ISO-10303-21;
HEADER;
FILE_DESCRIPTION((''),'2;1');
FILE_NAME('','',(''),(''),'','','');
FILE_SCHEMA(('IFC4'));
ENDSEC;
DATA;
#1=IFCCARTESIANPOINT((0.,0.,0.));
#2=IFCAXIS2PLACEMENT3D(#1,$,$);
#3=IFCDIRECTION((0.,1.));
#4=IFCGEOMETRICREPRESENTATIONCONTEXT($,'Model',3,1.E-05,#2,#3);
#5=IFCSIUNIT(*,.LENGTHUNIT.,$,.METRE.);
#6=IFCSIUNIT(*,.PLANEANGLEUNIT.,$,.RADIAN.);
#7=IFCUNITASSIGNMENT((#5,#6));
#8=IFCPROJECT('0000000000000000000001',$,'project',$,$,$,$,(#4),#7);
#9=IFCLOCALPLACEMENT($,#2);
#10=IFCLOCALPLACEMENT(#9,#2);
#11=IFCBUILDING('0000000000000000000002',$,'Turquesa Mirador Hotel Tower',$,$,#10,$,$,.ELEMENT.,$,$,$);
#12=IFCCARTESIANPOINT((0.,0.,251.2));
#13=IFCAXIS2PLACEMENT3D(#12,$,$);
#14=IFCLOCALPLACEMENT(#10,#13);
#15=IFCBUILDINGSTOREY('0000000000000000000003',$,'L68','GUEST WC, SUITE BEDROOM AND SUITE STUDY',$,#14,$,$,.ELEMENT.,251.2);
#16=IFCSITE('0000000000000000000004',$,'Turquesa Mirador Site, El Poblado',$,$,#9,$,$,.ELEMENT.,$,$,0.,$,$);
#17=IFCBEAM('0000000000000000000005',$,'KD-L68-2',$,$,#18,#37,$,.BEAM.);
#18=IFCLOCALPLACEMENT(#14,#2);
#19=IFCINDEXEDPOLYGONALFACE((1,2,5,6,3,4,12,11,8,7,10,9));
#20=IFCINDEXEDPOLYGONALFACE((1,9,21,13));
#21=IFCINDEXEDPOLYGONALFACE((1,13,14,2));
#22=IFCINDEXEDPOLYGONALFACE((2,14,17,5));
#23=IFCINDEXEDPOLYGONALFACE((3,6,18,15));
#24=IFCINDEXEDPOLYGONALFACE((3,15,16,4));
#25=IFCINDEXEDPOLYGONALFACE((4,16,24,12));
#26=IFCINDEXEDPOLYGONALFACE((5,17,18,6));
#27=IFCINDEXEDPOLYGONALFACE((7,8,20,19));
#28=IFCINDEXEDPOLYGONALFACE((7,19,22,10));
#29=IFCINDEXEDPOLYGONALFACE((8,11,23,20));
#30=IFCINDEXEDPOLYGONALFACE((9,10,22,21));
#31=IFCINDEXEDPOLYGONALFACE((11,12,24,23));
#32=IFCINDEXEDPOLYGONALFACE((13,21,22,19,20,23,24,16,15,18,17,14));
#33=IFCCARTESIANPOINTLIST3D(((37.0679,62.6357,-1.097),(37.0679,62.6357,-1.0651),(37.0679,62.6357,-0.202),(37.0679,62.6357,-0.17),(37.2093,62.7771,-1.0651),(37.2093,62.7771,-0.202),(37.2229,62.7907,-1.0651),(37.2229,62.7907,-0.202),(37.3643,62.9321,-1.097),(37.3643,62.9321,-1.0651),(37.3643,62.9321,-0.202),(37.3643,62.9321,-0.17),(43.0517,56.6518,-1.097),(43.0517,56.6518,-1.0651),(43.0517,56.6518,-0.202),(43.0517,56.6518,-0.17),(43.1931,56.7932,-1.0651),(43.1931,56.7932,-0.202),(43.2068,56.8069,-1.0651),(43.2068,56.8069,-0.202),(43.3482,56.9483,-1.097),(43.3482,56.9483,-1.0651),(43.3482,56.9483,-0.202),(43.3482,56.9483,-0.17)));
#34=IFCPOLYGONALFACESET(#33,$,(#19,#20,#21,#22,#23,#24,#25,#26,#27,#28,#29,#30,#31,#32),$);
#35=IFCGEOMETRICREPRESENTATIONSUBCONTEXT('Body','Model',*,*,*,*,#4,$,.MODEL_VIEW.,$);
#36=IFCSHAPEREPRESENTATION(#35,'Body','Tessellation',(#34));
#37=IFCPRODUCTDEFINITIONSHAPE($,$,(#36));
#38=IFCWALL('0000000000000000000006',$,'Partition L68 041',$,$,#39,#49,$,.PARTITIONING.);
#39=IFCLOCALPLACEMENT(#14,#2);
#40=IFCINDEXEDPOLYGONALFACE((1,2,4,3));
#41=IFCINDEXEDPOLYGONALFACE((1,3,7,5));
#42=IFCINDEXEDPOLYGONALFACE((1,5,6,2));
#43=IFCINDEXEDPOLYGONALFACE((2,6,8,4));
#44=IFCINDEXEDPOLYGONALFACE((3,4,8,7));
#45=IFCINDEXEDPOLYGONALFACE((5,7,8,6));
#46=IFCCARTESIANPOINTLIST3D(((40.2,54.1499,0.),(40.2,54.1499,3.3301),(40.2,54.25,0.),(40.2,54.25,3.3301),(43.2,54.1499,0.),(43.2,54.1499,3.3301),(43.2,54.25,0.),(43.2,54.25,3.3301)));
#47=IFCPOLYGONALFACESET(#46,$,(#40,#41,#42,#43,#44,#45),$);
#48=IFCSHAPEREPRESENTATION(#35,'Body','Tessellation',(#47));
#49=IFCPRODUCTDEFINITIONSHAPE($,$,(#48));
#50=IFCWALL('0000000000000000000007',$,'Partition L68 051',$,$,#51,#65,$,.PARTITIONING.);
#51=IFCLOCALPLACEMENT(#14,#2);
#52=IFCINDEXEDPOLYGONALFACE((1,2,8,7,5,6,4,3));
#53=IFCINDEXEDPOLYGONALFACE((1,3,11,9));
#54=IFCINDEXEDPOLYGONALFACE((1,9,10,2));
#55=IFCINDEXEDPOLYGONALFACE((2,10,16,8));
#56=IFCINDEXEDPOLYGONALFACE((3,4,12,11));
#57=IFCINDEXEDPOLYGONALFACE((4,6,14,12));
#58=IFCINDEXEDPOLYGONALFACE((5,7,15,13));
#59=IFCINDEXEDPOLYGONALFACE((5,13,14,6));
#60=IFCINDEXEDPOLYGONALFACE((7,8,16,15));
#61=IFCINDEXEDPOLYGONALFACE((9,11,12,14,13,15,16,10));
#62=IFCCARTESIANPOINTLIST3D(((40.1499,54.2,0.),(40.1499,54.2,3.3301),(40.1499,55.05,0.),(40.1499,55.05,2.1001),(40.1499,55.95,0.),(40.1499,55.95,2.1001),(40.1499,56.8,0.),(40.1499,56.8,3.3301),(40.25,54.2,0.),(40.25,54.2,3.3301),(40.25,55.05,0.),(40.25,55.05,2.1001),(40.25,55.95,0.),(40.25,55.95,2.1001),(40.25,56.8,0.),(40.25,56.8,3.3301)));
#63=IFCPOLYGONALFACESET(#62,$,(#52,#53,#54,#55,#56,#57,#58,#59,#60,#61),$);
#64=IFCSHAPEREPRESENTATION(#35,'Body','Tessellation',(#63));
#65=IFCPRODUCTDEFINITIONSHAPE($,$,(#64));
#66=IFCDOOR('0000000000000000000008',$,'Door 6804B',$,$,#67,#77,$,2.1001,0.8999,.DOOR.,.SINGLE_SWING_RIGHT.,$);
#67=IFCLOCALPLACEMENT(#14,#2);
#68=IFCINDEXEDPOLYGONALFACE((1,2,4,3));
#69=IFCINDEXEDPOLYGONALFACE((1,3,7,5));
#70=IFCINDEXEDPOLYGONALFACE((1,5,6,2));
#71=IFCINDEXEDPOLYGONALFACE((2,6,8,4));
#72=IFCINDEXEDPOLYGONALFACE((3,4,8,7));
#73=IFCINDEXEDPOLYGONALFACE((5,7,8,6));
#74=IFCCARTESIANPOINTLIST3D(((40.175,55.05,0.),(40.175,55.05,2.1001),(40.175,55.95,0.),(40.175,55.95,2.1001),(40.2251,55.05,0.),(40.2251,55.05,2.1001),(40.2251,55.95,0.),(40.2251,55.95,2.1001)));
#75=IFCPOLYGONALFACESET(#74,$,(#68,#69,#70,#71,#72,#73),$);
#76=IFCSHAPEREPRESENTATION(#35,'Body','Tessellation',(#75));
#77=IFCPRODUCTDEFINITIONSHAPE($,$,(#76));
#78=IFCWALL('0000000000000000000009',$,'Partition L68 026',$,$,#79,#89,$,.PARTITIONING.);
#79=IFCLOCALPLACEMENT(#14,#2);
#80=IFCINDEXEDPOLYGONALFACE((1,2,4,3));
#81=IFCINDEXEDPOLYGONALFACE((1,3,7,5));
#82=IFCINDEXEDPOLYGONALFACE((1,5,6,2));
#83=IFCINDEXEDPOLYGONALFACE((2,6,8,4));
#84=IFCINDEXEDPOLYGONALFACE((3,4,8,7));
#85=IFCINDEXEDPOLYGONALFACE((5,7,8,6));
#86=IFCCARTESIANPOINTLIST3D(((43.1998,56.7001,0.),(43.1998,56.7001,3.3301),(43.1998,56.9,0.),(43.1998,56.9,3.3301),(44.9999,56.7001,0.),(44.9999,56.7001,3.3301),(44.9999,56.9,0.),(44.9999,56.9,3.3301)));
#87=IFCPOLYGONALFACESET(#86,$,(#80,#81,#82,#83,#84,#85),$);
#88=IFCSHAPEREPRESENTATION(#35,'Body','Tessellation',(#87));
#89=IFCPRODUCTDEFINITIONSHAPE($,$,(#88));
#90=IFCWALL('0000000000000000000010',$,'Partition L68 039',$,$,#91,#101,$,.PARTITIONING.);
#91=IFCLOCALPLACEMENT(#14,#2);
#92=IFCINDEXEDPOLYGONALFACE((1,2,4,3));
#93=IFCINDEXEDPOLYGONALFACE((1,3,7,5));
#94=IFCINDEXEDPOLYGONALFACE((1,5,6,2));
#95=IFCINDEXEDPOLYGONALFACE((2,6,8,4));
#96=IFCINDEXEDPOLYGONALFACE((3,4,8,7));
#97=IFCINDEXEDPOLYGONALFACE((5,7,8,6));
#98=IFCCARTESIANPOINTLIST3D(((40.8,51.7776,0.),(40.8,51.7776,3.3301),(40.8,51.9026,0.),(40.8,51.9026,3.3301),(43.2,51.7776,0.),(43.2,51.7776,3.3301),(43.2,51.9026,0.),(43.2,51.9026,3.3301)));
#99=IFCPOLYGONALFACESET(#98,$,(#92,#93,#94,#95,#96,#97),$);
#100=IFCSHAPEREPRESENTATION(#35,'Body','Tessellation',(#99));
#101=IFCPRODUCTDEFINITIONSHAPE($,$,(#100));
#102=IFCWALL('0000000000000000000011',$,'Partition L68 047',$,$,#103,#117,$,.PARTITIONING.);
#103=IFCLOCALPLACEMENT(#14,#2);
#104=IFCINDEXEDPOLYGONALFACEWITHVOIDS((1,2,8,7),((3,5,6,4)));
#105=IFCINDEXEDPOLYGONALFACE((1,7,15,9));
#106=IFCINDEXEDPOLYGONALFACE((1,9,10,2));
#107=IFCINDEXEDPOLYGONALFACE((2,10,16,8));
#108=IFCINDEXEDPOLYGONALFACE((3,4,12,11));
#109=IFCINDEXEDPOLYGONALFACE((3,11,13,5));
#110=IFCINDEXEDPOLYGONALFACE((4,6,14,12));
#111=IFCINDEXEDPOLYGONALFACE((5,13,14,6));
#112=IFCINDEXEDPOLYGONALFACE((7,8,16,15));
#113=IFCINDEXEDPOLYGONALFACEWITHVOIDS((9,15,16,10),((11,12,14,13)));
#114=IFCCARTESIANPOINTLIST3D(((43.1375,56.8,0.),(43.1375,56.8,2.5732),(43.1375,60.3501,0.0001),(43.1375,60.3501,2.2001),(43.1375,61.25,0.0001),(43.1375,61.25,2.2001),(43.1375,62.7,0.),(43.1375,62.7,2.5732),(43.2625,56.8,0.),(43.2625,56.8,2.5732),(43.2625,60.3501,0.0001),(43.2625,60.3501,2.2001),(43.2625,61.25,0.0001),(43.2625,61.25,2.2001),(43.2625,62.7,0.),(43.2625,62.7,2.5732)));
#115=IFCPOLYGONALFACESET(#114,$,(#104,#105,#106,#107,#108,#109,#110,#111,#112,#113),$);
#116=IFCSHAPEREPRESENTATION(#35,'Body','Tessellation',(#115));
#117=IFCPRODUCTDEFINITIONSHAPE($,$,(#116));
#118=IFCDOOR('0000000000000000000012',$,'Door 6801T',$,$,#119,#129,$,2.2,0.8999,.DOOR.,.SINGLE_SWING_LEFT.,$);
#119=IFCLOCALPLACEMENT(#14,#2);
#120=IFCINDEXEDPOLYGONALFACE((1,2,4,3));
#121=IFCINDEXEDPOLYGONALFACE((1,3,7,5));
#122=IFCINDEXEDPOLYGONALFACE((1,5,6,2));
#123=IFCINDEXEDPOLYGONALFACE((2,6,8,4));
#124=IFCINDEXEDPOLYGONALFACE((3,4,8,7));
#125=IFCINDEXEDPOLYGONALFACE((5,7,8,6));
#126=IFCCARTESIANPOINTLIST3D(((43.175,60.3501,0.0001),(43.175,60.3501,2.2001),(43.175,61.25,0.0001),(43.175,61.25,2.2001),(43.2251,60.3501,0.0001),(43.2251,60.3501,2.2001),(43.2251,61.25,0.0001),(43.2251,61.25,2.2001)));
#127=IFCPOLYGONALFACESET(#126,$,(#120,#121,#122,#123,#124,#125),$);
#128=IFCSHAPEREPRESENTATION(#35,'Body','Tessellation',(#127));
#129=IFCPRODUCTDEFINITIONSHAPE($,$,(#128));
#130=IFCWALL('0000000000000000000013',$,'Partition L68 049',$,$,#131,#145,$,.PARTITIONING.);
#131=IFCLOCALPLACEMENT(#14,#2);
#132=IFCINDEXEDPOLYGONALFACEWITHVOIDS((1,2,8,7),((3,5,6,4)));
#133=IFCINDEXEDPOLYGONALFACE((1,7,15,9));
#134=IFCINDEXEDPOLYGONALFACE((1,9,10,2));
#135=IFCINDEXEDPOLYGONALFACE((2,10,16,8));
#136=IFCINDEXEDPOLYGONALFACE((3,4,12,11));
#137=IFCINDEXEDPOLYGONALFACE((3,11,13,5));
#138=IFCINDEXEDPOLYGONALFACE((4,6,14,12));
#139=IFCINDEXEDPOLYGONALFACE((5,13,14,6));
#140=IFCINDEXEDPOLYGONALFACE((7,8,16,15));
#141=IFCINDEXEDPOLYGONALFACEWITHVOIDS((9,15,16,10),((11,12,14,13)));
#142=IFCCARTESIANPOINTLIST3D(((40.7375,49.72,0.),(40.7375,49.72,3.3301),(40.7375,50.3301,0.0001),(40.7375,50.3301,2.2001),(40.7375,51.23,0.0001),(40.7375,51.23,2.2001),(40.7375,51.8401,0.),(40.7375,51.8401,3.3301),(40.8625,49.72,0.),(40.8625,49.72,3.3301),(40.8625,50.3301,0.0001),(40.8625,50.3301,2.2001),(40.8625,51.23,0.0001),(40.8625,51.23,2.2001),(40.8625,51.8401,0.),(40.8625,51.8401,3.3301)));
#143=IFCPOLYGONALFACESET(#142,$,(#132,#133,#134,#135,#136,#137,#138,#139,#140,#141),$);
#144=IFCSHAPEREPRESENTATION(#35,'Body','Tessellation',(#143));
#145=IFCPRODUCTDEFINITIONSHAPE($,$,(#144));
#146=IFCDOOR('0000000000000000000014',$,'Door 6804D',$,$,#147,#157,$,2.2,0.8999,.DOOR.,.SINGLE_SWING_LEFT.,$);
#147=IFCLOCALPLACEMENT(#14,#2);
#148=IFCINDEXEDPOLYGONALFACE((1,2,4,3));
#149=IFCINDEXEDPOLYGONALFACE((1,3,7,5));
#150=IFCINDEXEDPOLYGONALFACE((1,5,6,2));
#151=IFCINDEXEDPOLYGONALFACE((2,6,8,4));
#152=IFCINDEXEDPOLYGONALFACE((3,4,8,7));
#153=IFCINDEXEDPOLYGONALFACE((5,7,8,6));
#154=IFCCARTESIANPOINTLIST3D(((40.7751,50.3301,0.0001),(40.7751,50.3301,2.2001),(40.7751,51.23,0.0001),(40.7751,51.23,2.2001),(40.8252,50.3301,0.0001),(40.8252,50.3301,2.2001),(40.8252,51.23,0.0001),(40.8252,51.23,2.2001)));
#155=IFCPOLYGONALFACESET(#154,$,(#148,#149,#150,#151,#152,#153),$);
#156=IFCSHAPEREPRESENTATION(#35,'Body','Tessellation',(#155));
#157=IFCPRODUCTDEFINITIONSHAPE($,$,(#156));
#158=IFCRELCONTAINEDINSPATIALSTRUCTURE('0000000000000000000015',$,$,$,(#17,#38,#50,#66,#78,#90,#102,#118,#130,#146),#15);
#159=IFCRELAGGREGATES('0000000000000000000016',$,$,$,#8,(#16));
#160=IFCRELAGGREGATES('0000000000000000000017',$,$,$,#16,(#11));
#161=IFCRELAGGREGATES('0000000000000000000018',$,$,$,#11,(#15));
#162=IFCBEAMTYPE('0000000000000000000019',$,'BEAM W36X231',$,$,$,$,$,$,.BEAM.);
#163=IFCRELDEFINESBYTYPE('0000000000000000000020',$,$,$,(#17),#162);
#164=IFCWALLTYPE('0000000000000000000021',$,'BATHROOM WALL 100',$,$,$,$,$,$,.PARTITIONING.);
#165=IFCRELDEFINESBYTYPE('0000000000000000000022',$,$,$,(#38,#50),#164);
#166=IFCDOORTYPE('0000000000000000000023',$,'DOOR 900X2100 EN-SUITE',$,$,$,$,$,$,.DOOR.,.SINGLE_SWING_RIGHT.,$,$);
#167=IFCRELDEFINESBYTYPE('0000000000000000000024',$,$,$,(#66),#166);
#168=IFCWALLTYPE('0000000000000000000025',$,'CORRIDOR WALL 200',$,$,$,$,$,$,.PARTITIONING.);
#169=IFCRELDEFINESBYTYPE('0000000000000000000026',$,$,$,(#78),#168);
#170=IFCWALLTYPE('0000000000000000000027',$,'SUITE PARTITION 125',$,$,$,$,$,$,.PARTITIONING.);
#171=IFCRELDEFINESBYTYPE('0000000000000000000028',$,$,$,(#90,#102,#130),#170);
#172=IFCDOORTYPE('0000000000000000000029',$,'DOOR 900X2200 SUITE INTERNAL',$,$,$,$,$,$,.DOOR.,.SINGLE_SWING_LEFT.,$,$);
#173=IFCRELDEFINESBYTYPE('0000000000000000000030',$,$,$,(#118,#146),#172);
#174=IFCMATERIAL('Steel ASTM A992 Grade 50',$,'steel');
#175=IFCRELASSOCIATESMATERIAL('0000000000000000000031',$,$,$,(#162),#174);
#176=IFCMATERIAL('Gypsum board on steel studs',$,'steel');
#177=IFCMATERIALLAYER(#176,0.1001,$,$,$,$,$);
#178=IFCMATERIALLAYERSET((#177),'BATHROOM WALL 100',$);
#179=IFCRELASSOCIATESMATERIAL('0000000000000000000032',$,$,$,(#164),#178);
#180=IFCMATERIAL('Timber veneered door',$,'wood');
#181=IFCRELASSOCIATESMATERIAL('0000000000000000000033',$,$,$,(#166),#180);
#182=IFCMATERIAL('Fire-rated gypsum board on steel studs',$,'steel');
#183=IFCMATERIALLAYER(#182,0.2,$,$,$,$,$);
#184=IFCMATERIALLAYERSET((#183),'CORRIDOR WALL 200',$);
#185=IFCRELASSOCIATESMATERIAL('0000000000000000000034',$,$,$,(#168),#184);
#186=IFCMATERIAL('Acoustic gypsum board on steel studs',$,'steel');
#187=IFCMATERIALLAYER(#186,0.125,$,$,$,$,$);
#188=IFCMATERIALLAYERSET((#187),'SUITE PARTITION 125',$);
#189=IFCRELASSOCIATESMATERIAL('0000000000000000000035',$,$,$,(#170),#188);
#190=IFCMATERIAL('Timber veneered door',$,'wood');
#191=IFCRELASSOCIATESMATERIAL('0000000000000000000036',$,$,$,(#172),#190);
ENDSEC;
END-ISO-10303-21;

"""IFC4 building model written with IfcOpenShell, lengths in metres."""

from ifc_helpers import new_model, si_unit, direction, frame, frame_2d, origin, origin_2d, place, context, subcontext, project, spatial, rectangle, i_section, extrude, material, layer, layer_set, material_profile, profile_set, type_object, element, fill, save


model = new_model("IFC4")

# Units and contexts
model_context = context("Model", 3, precision=1e-05, world=origin(), true_north=direction((0.0, 1.0)))
body_context = subcontext(model_context, "Body", "Model", "MODEL_VIEW")
ifc_project = project(units=[si_unit("LENGTHUNIT", "METRE"), si_unit("PLANEANGLEUNIT", "RADIAN")], contexts=[model_context])

# Site, building, storey
site_placement = place(None, origin())
site = spatial("IfcSite", under=ifc_project, at=site_placement, Name="Turquesa Mirador Site, El Poblado", CompositionType="ELEMENT", RefElevation=0.0)
building_placement = place(site_placement, origin())
building = spatial("IfcBuilding", under=site, at=building_placement, Name="Turquesa Mirador Hotel Tower", CompositionType="ELEMENT")
storey_placement = place(building_placement, frame((0.0, 0.0, 251.2)))
storey = spatial("IfcBuildingStorey", under=building, at=storey_placement, Name="L68", Description="GUEST WC, SUITE BEDROOM AND SUITE STUDY", CompositionType="ELEMENT", Elevation=251.2)

# Beam
ifc_material_1 = material(Name="Steel ASTM A992 Grade 50", Category="steel")
ifc_material_profile_1 = material_profile(ifc_material_1, i_section(OverallWidth=0.4192, OverallDepth=0.927, WebThickness=0.0193, FlangeThickness=0.032, at=origin_2d()), Name="W36X231")
ifc_profile_set_1 = profile_set([ifc_material_profile_1], Name="Steel ASTM A992 Grade 50")
beam_type_1 = type_object("IfcBeamType", Name="BEAM W36X231", PredefinedType="BEAM", material=ifc_profile_set_1)
beam_1_placement = place(storey_placement, frame((43.2, 56.8, -0.6335), z_axis=(-0.707107, 0.707107, 0.0), x_axis=(-0.707107, -0.707107, 0.0)))
element("IfcBeam", 1, at=beam_1_placement, inside=storey, type_object=beam_type_1, Name="KD-L68-2", PredefinedType="BEAM", context=body_context, shape_type="SweptSolid", body=[
    extrude(i_section(OverallWidth=0.4192, OverallDepth=0.927, WebThickness=0.0193, FlangeThickness=0.032, at=origin_2d()), origin(), (0.0, 0.0, 1.0), 8.4624),
])

# Wall
ifc_material_2 = material(Name="Gypsum board on steel studs", Category="steel")
ifc_layer_1 = layer(ifc_material_2, 0.1001)
ifc_layer_set_1 = layer_set([ifc_layer_1], Name="BATHROOM WALL 100")
wall_type_1 = type_object("IfcWallType", Name="BATHROOM WALL 100", PredefinedType="PARTITIONING", material=ifc_layer_set_1)
wall_1_placement = place(storey_placement, frame((40.2, 54.2, 0.0), z_axis=(0.0, 0.0, 1.0), x_axis=(1.0, 0.0, 0.0)))
element("IfcWall", 2, at=wall_1_placement, inside=storey, type_object=wall_type_1, Name="Partition L68 041", PredefinedType="PARTITIONING", context=body_context, shape_type="SweptSolid", body=[
    extrude(rectangle(XDim=3.0, YDim=0.1001, at=frame_2d((1.5, 0.0))), origin(), (0.0, 0.0, 1.0), 3.3301),
])

# Wall, opening, door
wall_2_placement = place(storey_placement, frame((40.2, 54.2, 0.0), z_axis=(0.0, 0.0, 1.0), x_axis=(0.0, 1.0, 0.0)))
wall_2 = element("IfcWall", 3, at=wall_2_placement, inside=storey, type_object=wall_type_1, Name="Partition L68 051", PredefinedType="PARTITIONING", context=body_context, shape_type="SweptSolid", body=[
    extrude(rectangle(XDim=2.6001, YDim=0.1001, at=frame_2d((1.3, 0.0))), origin(), (0.0, 0.0, 1.0), 3.3301),
])
opening_1_placement = place(wall_2_placement, frame((0.8501, 0.0, 0.0)))
opening_1 = element("IfcOpeningElement", 4, at=opening_1_placement, cuts=wall_2, PredefinedType="OPENING", context=body_context, shape_type="SweptSolid", body=[
    extrude(rectangle(XDim=0.8999, YDim=2.1001, at=frame_2d((0.45, 1.05))), frame((0.0, 0.0601, 0.0), z_axis=(0.0, -1.0, 0.0), x_axis=(1.0, 0.0, 0.0)), (0.0, 0.0, 1.0), 0.1201),
])
ifc_material_3 = material(Name="Timber veneered door", Category="wood")
door_type_1 = type_object("IfcDoorType", Name="DOOR 900X2100 EN-SUITE", OperationType="SINGLE_SWING_RIGHT", PredefinedType="DOOR", material=ifc_material_3)
door_1_placement = place(opening_1_placement, origin())
door_1 = element("IfcDoor", 5, at=door_1_placement, inside=storey, type_object=door_type_1, Name="Door 6804B", OperationType="SINGLE_SWING_RIGHT", OverallHeight=2.1001, OverallWidth=0.8999, PredefinedType="DOOR", context=body_context, shape_type="SweptSolid", body=[
    extrude(rectangle(XDim=0.8999, YDim=2.1001, at=frame_2d((0.45, 1.05))), frame((0.0, 0.0249, 0.0), z_axis=(0.0, -1.0, 0.0), x_axis=(1.0, 0.0, 0.0)), (0.0, 0.0, 1.0), 0.05),
])
fill(opening_1, door_1)

# Walls
ifc_material_4 = material(Name="Fire-rated gypsum board on steel studs", Category="steel")
ifc_layer_2 = layer(ifc_material_4, 0.2)
ifc_layer_set_2 = layer_set([ifc_layer_2], Name="CORRIDOR WALL 200")
wall_type_2 = type_object("IfcWallType", Name="CORRIDOR WALL 200", PredefinedType="PARTITIONING", material=ifc_layer_set_2)
wall_3_placement = place(storey_placement, frame((43.2, 56.8, 0.0), z_axis=(0.0, 0.0, 1.0), x_axis=(1.0, 0.0, 0.0)))
element("IfcWall", 6, at=wall_3_placement, inside=storey, type_object=wall_type_2, Name="Partition L68 026", PredefinedType="PARTITIONING", context=body_context, shape_type="SweptSolid", body=[
    extrude(rectangle(XDim=1.8, YDim=0.2, at=frame_2d((0.8999, 0.0))), origin(), (0.0, 0.0, 1.0), 3.3301),
])
ifc_material_5 = material(Name="Acoustic gypsum board on steel studs", Category="steel")
ifc_layer_3 = layer(ifc_material_5, 0.125)
ifc_layer_set_3 = layer_set([ifc_layer_3], Name="SUITE PARTITION 125")
wall_type_3 = type_object("IfcWallType", Name="SUITE PARTITION 125", PredefinedType="PARTITIONING", material=ifc_layer_set_3)
wall_4_placement = place(storey_placement, frame((40.8, 51.8401, 0.0), z_axis=(0.0, 0.0, 1.0), x_axis=(1.0, 0.0, 0.0)))
element("IfcWall", 7, at=wall_4_placement, inside=storey, type_object=wall_type_3, Name="Partition L68 039", PredefinedType="PARTITIONING", context=body_context, shape_type="SweptSolid", body=[
    extrude(rectangle(XDim=2.3999, YDim=0.125, at=frame_2d((1.2, 0.0))), origin(), (0.0, 0.0, 1.0), 3.3301),
])

# Walls, openings, doors
wall_5_placement = place(storey_placement, frame((43.2, 56.8, 0.0), z_axis=(0.0, 0.0, 1.0), x_axis=(0.0, 1.0, 0.0)))
wall_5 = element("IfcWall", 8, at=wall_5_placement, inside=storey, type_object=wall_type_3, Name="Partition L68 047", PredefinedType="PARTITIONING", context=body_context, shape_type="SweptSolid", body=[
    extrude(rectangle(XDim=5.8999, YDim=0.125, at=frame_2d((2.95, 0.0))), origin(), (0.0, 0.0, 1.0), 2.5732),
])
opening_2_placement = place(wall_5_placement, frame((3.55, 0.0, 0.0)))
opening_2 = element("IfcOpeningElement", 9, at=opening_2_placement, cuts=wall_5, PredefinedType="OPENING", context=body_context, shape_type="SweptSolid", body=[
    extrude(rectangle(XDim=0.8999, YDim=2.2, at=frame_2d((0.45, 1.1001))), frame((0.0, 0.0725, 0.0), z_axis=(0.0, -1.0, 0.0), x_axis=(1.0, 0.0, 0.0)), (0.0, 0.0, 1.0), 0.145),
])
ifc_material_6 = material(Name="Timber veneered door", Category="wood")
door_type_2 = type_object("IfcDoorType", Name="DOOR 900X2200 SUITE INTERNAL", OperationType="SINGLE_SWING_LEFT", PredefinedType="DOOR", material=ifc_material_6)
door_2_placement = place(opening_2_placement, origin())
door_2 = element("IfcDoor", 10, at=door_2_placement, inside=storey, type_object=door_type_2, Name="Door 6801T", OperationType="SINGLE_SWING_LEFT", OverallHeight=2.2, OverallWidth=0.8999, PredefinedType="DOOR", context=body_context, shape_type="SweptSolid", body=[
    extrude(rectangle(XDim=0.8999, YDim=2.2, at=frame_2d((0.45, 1.1001))), frame((0.0, 0.0249, 0.0), z_axis=(0.0, -1.0, 0.0), x_axis=(1.0, 0.0, 0.0)), (0.0, 0.0, 1.0), 0.05),
])
fill(opening_2, door_2)
wall_6_placement = place(storey_placement, frame((40.8, 49.72, 0.0), z_axis=(0.0, 0.0, 1.0), x_axis=(0.0, 1.0, 0.0)))
wall_6 = element("IfcWall", 11, at=wall_6_placement, inside=storey, type_object=wall_type_3, Name="Partition L68 049", PredefinedType="PARTITIONING", context=body_context, shape_type="SweptSolid", body=[
    extrude(rectangle(XDim=2.1201, YDim=0.125, at=frame_2d((1.0601, 0.0))), origin(), (0.0, 0.0, 1.0), 3.3301),
])
opening_3_placement = place(wall_6_placement, frame((0.6101, 0.0, 0.0)))
opening_3 = element("IfcOpeningElement", 12, at=opening_3_placement, cuts=wall_6, PredefinedType="OPENING", context=body_context, shape_type="SweptSolid", body=[
    extrude(rectangle(XDim=0.8999, YDim=2.2, at=frame_2d((0.45, 1.1001))), frame((0.0, 0.0725, 0.0), z_axis=(0.0, -1.0, 0.0), x_axis=(1.0, 0.0, 0.0)), (0.0, 0.0, 1.0), 0.145),
])
door_3_placement = place(opening_3_placement, origin())
door_3 = element("IfcDoor", 13, at=door_3_placement, inside=storey, type_object=door_type_2, Name="Door 6804D", OperationType="SINGLE_SWING_LEFT", OverallHeight=2.2, OverallWidth=0.8999, PredefinedType="DOOR", context=body_context, shape_type="SweptSolid", body=[
    extrude(rectangle(XDim=0.8999, YDim=2.2, at=frame_2d((0.45, 1.1001))), frame((0.0, 0.0249, 0.0), z_axis=(0.0, -1.0, 0.0), x_axis=(1.0, 0.0, 0.0)), (0.0, 0.0, 1.0), 0.05),
])
fill(opening_3, door_3)

save(model, "model.ifc")
